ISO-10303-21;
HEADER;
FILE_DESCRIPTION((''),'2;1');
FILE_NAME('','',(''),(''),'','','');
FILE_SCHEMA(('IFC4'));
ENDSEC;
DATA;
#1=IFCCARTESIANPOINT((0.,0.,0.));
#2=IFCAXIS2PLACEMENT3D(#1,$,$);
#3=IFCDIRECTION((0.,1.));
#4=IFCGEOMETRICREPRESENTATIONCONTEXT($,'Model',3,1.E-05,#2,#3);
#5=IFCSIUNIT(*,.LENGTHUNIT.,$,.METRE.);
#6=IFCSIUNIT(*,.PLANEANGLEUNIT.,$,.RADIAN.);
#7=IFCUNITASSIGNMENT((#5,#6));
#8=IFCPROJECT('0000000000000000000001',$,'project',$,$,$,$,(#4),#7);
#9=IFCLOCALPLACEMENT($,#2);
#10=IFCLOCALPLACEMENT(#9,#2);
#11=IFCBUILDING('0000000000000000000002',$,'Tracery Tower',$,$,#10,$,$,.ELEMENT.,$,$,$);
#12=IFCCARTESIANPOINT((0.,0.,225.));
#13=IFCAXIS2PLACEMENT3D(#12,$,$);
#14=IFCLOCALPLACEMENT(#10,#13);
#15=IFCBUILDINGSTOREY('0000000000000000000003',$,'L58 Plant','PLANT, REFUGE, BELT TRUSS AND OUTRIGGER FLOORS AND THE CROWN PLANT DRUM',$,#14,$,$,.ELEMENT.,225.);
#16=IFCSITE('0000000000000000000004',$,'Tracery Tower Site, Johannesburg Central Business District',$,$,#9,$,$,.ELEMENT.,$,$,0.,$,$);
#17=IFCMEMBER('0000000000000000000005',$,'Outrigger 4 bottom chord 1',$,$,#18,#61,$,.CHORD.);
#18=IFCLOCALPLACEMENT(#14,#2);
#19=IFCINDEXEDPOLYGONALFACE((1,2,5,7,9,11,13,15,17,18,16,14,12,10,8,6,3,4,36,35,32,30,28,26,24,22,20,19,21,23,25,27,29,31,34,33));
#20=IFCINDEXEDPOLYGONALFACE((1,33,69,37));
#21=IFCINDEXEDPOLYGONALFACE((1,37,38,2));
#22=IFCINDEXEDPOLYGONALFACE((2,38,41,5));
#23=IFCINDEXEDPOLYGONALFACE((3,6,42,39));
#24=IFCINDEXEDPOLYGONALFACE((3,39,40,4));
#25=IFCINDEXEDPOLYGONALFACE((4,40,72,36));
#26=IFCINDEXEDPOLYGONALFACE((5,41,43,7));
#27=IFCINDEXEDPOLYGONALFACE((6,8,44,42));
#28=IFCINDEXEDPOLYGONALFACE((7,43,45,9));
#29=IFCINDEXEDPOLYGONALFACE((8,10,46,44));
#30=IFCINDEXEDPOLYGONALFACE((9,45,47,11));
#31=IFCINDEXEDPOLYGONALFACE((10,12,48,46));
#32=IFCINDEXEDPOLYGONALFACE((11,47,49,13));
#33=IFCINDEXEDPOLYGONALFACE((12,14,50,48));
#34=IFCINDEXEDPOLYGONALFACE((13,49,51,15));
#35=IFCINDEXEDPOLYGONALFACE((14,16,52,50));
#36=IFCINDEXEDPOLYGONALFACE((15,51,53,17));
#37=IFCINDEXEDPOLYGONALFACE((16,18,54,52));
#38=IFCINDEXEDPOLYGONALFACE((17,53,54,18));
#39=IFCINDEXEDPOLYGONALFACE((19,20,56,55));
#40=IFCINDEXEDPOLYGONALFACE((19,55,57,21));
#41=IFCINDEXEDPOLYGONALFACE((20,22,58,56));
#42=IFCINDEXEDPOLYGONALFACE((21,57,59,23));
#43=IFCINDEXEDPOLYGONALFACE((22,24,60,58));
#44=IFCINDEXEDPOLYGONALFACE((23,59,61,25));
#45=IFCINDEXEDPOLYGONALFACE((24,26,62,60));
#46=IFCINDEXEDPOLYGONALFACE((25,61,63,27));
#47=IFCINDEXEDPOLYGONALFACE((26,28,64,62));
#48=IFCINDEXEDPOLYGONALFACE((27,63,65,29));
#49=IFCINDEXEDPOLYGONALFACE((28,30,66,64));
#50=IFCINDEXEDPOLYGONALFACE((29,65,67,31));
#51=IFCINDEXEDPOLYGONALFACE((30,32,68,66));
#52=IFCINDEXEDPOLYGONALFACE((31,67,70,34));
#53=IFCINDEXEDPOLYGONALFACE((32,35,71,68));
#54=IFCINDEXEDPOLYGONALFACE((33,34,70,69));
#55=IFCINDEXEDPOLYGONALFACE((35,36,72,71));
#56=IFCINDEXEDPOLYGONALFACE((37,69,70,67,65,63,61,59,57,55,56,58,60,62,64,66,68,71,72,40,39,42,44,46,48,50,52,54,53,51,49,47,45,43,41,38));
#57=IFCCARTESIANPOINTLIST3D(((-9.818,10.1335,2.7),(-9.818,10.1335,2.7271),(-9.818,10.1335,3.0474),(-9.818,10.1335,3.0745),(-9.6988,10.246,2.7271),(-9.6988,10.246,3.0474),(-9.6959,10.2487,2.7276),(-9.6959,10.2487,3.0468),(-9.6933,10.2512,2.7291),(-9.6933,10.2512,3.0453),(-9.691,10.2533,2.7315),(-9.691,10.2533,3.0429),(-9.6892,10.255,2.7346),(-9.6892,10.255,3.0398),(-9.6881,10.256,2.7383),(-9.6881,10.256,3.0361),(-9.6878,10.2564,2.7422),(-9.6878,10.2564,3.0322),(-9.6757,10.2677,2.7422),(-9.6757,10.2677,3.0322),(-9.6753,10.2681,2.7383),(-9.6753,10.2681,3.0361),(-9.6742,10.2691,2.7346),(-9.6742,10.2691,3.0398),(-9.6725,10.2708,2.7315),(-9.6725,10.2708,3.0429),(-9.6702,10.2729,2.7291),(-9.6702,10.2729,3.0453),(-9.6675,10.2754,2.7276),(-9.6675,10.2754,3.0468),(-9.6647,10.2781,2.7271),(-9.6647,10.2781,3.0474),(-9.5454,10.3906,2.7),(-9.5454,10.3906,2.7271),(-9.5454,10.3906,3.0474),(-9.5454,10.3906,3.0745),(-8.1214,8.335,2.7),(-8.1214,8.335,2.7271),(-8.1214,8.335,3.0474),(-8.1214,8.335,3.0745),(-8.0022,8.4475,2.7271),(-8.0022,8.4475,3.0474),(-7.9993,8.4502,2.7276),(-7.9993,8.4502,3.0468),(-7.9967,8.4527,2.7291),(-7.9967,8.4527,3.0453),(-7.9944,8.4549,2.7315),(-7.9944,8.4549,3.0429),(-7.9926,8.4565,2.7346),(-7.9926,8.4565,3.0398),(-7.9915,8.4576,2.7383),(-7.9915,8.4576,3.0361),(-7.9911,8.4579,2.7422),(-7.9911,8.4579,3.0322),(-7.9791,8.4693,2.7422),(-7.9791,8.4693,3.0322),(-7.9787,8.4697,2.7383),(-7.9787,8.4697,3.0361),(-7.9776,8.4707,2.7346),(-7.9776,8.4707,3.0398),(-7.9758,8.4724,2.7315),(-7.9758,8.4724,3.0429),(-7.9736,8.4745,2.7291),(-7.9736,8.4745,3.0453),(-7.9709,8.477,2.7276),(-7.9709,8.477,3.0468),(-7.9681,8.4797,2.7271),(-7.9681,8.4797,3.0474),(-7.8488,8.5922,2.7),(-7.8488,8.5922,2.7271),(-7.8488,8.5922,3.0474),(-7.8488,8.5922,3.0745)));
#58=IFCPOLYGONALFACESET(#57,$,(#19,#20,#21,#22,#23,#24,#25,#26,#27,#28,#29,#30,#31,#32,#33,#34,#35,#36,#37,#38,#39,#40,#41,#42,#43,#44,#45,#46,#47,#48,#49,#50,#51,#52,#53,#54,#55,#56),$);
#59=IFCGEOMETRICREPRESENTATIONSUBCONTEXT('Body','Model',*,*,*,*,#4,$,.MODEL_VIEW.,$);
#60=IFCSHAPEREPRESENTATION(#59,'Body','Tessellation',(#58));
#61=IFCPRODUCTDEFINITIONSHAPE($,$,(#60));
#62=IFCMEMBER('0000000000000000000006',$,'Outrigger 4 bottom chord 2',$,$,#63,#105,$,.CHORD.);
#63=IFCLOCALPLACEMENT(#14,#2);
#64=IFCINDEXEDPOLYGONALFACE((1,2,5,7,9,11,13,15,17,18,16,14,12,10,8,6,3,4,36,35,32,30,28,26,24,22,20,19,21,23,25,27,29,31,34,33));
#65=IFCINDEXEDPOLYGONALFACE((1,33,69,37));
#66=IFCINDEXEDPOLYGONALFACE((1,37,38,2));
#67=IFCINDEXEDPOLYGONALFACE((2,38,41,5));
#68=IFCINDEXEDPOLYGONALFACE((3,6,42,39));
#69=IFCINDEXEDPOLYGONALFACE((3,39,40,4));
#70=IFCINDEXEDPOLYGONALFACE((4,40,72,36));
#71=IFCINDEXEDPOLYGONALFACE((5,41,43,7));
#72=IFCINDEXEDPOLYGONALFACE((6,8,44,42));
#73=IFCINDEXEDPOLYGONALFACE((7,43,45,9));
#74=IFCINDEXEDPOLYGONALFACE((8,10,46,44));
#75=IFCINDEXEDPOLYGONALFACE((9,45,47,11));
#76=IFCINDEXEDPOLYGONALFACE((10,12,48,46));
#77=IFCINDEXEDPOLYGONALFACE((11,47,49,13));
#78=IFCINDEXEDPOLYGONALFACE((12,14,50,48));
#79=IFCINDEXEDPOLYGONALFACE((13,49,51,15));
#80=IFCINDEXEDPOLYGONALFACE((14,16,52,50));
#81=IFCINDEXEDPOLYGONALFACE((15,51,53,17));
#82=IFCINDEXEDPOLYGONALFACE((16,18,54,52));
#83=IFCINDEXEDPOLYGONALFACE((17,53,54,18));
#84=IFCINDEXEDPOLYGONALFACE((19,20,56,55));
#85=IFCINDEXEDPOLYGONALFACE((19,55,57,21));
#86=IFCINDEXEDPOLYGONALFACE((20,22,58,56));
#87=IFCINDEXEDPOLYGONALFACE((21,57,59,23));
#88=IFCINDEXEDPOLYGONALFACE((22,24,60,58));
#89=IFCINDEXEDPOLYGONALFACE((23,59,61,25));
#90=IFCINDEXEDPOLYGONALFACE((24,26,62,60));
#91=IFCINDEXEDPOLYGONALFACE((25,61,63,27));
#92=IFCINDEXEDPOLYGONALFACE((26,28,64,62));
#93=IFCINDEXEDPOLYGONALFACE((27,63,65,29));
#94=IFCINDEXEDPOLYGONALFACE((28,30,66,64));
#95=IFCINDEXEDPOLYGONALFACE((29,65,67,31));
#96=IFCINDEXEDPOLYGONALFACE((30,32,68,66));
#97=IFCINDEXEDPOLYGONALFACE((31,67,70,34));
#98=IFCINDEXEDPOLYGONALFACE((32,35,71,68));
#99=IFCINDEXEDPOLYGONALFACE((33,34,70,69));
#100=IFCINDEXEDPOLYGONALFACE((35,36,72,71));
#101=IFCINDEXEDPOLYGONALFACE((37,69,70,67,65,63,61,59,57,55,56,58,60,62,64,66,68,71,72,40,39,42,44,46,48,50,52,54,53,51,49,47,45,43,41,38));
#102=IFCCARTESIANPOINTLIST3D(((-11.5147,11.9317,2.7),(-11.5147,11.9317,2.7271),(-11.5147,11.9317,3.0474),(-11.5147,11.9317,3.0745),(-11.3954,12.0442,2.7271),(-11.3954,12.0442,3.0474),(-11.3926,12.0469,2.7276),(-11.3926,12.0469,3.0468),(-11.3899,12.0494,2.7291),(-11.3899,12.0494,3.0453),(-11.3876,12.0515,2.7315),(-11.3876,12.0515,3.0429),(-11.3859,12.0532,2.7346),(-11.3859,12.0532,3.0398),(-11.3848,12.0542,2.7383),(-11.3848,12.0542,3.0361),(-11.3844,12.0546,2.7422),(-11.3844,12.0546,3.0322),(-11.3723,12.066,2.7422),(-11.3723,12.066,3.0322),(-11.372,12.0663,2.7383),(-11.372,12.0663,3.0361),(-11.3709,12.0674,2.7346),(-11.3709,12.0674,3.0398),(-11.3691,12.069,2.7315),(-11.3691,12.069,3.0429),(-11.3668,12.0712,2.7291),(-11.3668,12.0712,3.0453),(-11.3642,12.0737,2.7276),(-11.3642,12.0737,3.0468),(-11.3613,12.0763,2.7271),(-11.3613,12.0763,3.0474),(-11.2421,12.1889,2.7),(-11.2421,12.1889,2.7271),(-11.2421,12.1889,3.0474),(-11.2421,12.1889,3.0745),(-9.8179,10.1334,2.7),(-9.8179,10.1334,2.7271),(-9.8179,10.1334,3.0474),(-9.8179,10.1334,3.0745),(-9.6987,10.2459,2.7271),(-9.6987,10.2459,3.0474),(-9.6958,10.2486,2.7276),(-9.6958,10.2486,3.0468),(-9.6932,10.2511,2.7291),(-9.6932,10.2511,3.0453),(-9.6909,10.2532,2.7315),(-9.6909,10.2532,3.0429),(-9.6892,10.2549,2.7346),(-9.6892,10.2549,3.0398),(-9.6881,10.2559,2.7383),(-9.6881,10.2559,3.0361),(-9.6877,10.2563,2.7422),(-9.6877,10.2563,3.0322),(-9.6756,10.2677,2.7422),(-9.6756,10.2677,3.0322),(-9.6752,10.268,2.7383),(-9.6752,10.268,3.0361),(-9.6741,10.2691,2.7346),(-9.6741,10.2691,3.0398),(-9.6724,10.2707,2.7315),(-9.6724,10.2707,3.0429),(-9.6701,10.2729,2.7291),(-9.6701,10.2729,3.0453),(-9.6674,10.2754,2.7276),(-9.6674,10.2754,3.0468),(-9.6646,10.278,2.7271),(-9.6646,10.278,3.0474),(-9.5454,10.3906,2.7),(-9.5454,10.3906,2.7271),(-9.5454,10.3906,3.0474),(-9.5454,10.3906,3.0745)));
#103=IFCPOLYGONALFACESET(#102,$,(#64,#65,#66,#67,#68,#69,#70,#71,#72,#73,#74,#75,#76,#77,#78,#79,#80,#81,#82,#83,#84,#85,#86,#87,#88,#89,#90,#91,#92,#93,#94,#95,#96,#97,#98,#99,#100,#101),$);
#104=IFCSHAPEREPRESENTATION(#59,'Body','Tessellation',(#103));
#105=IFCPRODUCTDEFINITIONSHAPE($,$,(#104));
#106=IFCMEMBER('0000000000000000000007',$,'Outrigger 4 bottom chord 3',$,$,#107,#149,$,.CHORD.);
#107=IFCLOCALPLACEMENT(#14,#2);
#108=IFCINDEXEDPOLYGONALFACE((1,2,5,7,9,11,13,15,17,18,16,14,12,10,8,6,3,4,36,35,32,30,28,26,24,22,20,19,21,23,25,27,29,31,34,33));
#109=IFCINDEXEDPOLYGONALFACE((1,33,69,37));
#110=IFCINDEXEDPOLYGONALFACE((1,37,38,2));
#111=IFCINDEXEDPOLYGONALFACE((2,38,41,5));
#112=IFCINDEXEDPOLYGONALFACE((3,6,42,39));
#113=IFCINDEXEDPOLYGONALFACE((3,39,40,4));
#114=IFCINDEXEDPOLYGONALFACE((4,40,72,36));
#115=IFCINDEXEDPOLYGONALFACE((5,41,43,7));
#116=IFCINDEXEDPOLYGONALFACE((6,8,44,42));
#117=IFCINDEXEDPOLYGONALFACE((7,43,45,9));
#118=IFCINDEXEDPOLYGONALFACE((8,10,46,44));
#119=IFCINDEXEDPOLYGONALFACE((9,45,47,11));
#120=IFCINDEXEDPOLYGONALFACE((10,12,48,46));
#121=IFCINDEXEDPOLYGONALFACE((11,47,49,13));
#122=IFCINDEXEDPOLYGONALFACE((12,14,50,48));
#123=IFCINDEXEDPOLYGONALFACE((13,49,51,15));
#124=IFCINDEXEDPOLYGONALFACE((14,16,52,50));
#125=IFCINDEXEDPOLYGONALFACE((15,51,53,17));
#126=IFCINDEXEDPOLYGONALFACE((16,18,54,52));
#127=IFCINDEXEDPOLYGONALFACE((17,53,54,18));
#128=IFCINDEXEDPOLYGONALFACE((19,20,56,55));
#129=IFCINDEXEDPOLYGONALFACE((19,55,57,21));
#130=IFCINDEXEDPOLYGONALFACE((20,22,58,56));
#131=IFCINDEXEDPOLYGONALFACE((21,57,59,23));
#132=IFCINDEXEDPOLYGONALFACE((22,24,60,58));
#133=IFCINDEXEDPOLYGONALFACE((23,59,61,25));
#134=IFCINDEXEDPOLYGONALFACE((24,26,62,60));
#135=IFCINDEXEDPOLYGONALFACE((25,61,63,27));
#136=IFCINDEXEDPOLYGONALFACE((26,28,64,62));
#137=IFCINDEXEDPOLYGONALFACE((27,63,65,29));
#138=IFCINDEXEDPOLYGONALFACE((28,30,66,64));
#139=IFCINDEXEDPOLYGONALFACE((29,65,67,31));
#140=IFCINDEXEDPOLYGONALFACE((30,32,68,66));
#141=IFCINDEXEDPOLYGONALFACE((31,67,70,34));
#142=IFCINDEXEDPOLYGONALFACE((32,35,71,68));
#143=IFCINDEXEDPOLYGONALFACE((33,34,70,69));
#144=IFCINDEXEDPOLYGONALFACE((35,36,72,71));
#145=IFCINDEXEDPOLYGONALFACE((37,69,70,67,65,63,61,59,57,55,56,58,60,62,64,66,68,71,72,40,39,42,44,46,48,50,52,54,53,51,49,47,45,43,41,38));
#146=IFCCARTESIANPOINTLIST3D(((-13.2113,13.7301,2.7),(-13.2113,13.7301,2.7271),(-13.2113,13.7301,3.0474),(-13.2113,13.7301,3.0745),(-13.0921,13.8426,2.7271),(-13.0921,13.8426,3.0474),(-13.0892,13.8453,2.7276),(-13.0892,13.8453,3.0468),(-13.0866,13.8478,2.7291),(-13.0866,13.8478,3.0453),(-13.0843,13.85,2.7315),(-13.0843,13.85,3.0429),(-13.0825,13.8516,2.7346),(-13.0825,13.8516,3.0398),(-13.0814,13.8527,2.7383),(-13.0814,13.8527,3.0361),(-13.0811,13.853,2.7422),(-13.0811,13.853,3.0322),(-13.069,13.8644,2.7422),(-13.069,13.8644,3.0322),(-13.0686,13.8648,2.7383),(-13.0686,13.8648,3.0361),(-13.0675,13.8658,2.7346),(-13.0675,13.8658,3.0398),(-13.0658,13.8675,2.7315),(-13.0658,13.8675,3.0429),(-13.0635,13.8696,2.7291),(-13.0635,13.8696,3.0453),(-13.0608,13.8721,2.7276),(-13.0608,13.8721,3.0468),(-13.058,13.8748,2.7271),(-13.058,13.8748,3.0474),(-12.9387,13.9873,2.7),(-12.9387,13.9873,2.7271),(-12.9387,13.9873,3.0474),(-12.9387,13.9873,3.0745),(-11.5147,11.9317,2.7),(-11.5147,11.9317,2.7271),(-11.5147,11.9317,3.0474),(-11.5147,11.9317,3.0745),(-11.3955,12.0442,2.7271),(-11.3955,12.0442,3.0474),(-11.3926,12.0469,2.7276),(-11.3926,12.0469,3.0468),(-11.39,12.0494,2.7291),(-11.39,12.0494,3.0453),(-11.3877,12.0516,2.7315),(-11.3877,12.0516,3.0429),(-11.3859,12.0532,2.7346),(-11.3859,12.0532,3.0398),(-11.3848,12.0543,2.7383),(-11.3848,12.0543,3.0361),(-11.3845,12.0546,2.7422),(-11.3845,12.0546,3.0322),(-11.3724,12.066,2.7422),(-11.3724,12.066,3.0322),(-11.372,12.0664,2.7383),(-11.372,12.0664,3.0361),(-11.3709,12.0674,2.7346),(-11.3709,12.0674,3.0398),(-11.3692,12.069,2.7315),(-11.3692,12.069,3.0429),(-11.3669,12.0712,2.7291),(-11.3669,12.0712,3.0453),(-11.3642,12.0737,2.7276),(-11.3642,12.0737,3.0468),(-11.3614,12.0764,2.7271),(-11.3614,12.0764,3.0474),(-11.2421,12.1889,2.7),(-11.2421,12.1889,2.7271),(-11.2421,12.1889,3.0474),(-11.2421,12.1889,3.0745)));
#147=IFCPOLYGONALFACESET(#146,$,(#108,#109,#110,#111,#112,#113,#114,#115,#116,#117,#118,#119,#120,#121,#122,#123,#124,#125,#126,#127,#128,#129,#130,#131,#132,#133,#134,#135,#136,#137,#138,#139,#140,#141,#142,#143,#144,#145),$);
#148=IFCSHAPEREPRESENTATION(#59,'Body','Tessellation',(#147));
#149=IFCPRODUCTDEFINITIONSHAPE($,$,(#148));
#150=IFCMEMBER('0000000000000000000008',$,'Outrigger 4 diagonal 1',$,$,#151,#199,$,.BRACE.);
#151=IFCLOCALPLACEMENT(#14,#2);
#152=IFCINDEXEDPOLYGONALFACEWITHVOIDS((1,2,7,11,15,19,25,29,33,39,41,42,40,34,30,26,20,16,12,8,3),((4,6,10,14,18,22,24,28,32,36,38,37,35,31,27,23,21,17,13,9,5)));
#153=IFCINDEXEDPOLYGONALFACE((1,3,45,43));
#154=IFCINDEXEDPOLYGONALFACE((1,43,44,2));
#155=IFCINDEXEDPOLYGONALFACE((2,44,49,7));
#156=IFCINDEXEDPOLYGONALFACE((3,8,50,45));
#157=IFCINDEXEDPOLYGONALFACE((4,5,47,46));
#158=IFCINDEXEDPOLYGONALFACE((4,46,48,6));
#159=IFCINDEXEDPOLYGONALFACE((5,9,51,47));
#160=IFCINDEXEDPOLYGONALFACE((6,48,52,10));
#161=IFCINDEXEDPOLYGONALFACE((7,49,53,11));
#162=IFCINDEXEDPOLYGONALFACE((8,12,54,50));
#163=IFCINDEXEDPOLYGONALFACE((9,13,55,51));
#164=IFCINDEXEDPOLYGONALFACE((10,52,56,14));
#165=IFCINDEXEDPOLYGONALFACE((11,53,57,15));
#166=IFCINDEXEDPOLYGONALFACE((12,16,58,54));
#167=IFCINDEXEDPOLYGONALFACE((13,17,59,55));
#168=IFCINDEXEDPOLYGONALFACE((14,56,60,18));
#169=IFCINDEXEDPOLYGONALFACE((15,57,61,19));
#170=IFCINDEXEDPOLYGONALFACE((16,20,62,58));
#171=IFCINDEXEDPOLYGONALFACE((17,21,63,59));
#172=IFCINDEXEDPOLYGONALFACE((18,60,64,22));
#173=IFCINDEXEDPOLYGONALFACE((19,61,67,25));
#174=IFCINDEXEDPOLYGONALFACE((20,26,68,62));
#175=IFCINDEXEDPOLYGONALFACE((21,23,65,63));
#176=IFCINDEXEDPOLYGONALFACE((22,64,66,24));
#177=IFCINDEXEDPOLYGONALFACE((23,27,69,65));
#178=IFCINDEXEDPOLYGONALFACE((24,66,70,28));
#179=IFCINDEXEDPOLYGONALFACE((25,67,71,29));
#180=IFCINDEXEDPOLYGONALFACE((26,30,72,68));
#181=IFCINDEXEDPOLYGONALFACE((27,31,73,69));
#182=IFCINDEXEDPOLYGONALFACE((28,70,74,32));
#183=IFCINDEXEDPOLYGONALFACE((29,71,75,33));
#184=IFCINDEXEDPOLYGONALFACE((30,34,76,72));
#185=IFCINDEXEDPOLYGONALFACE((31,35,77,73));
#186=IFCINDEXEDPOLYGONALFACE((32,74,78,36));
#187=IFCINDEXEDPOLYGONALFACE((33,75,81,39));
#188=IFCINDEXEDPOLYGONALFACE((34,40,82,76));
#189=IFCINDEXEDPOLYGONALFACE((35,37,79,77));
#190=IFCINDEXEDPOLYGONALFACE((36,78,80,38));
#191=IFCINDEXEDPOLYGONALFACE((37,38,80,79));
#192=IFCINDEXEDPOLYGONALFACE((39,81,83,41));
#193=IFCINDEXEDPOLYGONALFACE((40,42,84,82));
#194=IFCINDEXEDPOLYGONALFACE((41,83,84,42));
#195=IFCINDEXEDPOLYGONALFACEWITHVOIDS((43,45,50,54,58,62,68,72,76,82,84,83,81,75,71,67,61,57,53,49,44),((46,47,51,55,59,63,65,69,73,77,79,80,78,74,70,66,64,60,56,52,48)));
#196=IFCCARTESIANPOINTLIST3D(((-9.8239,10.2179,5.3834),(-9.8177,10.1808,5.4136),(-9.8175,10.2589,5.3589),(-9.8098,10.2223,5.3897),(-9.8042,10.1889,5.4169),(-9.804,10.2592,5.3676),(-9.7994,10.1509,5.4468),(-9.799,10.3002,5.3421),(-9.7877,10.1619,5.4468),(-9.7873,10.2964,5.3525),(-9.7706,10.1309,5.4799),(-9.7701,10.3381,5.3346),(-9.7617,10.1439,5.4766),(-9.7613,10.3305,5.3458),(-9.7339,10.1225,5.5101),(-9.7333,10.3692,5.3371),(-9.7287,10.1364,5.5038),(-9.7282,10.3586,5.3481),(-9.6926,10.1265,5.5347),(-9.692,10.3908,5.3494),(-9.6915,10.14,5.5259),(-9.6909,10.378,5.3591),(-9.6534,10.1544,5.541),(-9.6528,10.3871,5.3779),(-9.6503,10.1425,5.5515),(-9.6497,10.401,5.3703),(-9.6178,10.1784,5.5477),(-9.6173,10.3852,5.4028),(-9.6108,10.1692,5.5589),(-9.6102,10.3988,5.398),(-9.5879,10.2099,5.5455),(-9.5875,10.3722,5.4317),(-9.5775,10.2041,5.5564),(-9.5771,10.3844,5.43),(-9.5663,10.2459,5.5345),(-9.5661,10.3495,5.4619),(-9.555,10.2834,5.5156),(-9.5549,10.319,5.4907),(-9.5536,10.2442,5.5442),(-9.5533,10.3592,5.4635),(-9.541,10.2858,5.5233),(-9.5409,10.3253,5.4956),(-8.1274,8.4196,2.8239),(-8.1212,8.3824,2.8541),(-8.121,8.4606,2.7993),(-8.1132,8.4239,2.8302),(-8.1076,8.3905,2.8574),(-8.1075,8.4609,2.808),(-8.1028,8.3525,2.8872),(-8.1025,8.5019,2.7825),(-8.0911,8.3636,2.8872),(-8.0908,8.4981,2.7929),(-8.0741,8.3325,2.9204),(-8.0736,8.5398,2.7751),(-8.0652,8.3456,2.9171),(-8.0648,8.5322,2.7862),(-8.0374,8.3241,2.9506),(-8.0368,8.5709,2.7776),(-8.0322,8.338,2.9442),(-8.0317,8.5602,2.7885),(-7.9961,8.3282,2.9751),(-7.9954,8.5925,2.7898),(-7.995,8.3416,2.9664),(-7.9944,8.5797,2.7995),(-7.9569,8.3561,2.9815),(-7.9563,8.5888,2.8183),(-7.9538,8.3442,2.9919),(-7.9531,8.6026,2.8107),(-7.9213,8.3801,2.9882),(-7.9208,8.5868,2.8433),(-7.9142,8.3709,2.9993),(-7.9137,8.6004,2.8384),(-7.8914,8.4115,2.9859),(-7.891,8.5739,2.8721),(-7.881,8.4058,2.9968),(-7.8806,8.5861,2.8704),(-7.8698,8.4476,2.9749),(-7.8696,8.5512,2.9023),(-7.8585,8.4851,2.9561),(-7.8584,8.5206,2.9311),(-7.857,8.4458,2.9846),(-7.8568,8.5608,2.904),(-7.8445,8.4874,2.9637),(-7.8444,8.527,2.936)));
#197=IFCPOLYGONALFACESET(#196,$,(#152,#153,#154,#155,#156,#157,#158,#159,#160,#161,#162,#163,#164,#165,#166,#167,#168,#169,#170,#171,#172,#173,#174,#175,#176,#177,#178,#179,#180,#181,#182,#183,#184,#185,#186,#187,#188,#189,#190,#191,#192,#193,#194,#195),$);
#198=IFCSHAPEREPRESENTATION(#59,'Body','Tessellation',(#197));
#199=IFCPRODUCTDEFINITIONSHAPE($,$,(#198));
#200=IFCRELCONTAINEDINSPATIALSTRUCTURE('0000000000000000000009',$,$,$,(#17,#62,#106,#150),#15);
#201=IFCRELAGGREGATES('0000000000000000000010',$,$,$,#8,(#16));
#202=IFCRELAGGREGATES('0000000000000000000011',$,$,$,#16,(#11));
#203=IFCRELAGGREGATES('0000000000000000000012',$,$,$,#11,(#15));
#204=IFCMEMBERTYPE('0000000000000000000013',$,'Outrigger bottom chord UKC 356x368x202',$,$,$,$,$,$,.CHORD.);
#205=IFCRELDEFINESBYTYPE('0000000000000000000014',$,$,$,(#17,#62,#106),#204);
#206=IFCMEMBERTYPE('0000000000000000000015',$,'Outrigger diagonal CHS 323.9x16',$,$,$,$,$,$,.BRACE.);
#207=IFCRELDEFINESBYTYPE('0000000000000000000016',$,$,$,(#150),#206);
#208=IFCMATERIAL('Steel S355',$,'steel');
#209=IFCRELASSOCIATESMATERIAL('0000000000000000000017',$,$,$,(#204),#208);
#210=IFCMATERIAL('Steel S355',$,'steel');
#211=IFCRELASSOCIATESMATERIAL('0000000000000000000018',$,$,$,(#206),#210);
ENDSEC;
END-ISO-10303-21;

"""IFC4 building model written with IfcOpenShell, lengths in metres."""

from ifc_helpers import new_model, si_unit, direction, frame, origin, origin_2d, place, context, subcontext, project, spatial, hollow_circle, i_section, extrude, material, material_profile, profile_set, type_object, element, save


model = new_model("IFC4")

# Units and contexts
model_context = context("Model", 3, precision=1e-05, world=origin(), true_north=direction((0.0, 1.0)))
body_context = subcontext(model_context, "Body", "Model", "MODEL_VIEW")
ifc_project = project(units=[si_unit("LENGTHUNIT", "METRE"), si_unit("PLANEANGLEUNIT", "RADIAN")], contexts=[model_context])

# Site, building, storey
site_placement = place(None, origin())
site = spatial("IfcSite", under=ifc_project, at=site_placement, Name="Tracery Tower Site, Johannesburg Central Business District", CompositionType="ELEMENT", RefElevation=0.0)
building_placement = place(site_placement, origin())
building = spatial("IfcBuilding", under=site, at=building_placement, Name="Tracery Tower", CompositionType="ELEMENT")
storey_placement = place(building_placement, frame((0.0, 0.0, 225.0)))
storey = spatial("IfcBuildingStorey", under=building, at=storey_placement, Name="L58 Plant", Description="PLANT, REFUGE, BELT TRUSS AND OUTRIGGER FLOORS AND THE CROWN PLANT DRUM", CompositionType="ELEMENT", Elevation=225.0)

# Members
ifc_material_1 = material(Name="Steel S355", Category="steel")
ifc_material_profile_1 = material_profile(ifc_material_1, i_section(OverallWidth=0.3748, OverallDepth=0.3745, WebThickness=0.0166, FlangeThickness=0.0271, FilletRadius=0.0151, at=origin_2d()), Name="UKC 356x368x202")
ifc_profile_set_1 = profile_set([ifc_material_profile_1], Name="Steel S355")
member_type_1 = type_object("IfcMemberType", Name="Outrigger bottom chord UKC 356x368x202", PredefinedType="CHORD", material=ifc_profile_set_1)
for number, where, z_axis, x_axis, name in (
    (1, (-7.9851, 8.4636, 2.8872), (-0.686217, 0.727396, 0.0), (-0.727396, -0.686217, 0.0), "Outrigger 4 bottom chord 1"),
    (2, (-9.6816, 10.262, 2.8872), (-0.68627, 0.727347, 0.0), (-0.727347, -0.68627, 0.0), "Outrigger 4 bottom chord 2"),
    (3, (-11.3784, 12.0603, 2.8872), (-0.686217, 0.727396, 0.0), (-0.727396, -0.686217, 0.0), "Outrigger 4 bottom chord 3"),
):
    element("IfcMember", number, at=place(storey_placement, frame(where, z_axis=z_axis, x_axis=x_axis)), inside=storey, type_object=member_type_1, Name=name, PredefinedType="CHORD", context=body_context, shape_type="SweptSolid", body=[
        extrude(i_section(OverallWidth=0.3748, OverallDepth=0.3745, WebThickness=0.0166, FlangeThickness=0.0271, FilletRadius=0.0151, at=origin_2d()), origin(), (0.0, 0.0, 1.0), 2.4724),
    ])
ifc_material_2 = material(Name="Steel S355", Category="steel")
ifc_material_profile_2 = material_profile(ifc_material_2, hollow_circle(Radius=0.1619, WallThickness=0.0161, at=origin_2d()), Name="CHS 323.9x16")
ifc_profile_set_2 = profile_set([ifc_material_profile_2], Name="Steel S355")
member_type_2 = type_object("IfcMemberType", Name="Outrigger diagonal CHS 323.9x16", PredefinedType="BRACE", material=ifc_profile_set_2)
member_1_placement = place(storey_placement, frame((-7.9851, 8.4636, 2.8872), z_axis=(-0.476741, 0.50535, 0.719263), x_axis=(-0.727396, -0.686217, 0.0)))
element("IfcMember", 4, at=member_1_placement, inside=storey, type_object=member_type_2, Name="Outrigger 4 diagonal 1", PredefinedType="BRACE", context=body_context, shape_type="SweptSolid", body=[
    extrude(hollow_circle(Radius=0.1619, WallThickness=0.0161, at=origin_2d()), origin(), (0.0, 0.0, 1.0), 3.5586),
])

save(model, "model.ifc")
